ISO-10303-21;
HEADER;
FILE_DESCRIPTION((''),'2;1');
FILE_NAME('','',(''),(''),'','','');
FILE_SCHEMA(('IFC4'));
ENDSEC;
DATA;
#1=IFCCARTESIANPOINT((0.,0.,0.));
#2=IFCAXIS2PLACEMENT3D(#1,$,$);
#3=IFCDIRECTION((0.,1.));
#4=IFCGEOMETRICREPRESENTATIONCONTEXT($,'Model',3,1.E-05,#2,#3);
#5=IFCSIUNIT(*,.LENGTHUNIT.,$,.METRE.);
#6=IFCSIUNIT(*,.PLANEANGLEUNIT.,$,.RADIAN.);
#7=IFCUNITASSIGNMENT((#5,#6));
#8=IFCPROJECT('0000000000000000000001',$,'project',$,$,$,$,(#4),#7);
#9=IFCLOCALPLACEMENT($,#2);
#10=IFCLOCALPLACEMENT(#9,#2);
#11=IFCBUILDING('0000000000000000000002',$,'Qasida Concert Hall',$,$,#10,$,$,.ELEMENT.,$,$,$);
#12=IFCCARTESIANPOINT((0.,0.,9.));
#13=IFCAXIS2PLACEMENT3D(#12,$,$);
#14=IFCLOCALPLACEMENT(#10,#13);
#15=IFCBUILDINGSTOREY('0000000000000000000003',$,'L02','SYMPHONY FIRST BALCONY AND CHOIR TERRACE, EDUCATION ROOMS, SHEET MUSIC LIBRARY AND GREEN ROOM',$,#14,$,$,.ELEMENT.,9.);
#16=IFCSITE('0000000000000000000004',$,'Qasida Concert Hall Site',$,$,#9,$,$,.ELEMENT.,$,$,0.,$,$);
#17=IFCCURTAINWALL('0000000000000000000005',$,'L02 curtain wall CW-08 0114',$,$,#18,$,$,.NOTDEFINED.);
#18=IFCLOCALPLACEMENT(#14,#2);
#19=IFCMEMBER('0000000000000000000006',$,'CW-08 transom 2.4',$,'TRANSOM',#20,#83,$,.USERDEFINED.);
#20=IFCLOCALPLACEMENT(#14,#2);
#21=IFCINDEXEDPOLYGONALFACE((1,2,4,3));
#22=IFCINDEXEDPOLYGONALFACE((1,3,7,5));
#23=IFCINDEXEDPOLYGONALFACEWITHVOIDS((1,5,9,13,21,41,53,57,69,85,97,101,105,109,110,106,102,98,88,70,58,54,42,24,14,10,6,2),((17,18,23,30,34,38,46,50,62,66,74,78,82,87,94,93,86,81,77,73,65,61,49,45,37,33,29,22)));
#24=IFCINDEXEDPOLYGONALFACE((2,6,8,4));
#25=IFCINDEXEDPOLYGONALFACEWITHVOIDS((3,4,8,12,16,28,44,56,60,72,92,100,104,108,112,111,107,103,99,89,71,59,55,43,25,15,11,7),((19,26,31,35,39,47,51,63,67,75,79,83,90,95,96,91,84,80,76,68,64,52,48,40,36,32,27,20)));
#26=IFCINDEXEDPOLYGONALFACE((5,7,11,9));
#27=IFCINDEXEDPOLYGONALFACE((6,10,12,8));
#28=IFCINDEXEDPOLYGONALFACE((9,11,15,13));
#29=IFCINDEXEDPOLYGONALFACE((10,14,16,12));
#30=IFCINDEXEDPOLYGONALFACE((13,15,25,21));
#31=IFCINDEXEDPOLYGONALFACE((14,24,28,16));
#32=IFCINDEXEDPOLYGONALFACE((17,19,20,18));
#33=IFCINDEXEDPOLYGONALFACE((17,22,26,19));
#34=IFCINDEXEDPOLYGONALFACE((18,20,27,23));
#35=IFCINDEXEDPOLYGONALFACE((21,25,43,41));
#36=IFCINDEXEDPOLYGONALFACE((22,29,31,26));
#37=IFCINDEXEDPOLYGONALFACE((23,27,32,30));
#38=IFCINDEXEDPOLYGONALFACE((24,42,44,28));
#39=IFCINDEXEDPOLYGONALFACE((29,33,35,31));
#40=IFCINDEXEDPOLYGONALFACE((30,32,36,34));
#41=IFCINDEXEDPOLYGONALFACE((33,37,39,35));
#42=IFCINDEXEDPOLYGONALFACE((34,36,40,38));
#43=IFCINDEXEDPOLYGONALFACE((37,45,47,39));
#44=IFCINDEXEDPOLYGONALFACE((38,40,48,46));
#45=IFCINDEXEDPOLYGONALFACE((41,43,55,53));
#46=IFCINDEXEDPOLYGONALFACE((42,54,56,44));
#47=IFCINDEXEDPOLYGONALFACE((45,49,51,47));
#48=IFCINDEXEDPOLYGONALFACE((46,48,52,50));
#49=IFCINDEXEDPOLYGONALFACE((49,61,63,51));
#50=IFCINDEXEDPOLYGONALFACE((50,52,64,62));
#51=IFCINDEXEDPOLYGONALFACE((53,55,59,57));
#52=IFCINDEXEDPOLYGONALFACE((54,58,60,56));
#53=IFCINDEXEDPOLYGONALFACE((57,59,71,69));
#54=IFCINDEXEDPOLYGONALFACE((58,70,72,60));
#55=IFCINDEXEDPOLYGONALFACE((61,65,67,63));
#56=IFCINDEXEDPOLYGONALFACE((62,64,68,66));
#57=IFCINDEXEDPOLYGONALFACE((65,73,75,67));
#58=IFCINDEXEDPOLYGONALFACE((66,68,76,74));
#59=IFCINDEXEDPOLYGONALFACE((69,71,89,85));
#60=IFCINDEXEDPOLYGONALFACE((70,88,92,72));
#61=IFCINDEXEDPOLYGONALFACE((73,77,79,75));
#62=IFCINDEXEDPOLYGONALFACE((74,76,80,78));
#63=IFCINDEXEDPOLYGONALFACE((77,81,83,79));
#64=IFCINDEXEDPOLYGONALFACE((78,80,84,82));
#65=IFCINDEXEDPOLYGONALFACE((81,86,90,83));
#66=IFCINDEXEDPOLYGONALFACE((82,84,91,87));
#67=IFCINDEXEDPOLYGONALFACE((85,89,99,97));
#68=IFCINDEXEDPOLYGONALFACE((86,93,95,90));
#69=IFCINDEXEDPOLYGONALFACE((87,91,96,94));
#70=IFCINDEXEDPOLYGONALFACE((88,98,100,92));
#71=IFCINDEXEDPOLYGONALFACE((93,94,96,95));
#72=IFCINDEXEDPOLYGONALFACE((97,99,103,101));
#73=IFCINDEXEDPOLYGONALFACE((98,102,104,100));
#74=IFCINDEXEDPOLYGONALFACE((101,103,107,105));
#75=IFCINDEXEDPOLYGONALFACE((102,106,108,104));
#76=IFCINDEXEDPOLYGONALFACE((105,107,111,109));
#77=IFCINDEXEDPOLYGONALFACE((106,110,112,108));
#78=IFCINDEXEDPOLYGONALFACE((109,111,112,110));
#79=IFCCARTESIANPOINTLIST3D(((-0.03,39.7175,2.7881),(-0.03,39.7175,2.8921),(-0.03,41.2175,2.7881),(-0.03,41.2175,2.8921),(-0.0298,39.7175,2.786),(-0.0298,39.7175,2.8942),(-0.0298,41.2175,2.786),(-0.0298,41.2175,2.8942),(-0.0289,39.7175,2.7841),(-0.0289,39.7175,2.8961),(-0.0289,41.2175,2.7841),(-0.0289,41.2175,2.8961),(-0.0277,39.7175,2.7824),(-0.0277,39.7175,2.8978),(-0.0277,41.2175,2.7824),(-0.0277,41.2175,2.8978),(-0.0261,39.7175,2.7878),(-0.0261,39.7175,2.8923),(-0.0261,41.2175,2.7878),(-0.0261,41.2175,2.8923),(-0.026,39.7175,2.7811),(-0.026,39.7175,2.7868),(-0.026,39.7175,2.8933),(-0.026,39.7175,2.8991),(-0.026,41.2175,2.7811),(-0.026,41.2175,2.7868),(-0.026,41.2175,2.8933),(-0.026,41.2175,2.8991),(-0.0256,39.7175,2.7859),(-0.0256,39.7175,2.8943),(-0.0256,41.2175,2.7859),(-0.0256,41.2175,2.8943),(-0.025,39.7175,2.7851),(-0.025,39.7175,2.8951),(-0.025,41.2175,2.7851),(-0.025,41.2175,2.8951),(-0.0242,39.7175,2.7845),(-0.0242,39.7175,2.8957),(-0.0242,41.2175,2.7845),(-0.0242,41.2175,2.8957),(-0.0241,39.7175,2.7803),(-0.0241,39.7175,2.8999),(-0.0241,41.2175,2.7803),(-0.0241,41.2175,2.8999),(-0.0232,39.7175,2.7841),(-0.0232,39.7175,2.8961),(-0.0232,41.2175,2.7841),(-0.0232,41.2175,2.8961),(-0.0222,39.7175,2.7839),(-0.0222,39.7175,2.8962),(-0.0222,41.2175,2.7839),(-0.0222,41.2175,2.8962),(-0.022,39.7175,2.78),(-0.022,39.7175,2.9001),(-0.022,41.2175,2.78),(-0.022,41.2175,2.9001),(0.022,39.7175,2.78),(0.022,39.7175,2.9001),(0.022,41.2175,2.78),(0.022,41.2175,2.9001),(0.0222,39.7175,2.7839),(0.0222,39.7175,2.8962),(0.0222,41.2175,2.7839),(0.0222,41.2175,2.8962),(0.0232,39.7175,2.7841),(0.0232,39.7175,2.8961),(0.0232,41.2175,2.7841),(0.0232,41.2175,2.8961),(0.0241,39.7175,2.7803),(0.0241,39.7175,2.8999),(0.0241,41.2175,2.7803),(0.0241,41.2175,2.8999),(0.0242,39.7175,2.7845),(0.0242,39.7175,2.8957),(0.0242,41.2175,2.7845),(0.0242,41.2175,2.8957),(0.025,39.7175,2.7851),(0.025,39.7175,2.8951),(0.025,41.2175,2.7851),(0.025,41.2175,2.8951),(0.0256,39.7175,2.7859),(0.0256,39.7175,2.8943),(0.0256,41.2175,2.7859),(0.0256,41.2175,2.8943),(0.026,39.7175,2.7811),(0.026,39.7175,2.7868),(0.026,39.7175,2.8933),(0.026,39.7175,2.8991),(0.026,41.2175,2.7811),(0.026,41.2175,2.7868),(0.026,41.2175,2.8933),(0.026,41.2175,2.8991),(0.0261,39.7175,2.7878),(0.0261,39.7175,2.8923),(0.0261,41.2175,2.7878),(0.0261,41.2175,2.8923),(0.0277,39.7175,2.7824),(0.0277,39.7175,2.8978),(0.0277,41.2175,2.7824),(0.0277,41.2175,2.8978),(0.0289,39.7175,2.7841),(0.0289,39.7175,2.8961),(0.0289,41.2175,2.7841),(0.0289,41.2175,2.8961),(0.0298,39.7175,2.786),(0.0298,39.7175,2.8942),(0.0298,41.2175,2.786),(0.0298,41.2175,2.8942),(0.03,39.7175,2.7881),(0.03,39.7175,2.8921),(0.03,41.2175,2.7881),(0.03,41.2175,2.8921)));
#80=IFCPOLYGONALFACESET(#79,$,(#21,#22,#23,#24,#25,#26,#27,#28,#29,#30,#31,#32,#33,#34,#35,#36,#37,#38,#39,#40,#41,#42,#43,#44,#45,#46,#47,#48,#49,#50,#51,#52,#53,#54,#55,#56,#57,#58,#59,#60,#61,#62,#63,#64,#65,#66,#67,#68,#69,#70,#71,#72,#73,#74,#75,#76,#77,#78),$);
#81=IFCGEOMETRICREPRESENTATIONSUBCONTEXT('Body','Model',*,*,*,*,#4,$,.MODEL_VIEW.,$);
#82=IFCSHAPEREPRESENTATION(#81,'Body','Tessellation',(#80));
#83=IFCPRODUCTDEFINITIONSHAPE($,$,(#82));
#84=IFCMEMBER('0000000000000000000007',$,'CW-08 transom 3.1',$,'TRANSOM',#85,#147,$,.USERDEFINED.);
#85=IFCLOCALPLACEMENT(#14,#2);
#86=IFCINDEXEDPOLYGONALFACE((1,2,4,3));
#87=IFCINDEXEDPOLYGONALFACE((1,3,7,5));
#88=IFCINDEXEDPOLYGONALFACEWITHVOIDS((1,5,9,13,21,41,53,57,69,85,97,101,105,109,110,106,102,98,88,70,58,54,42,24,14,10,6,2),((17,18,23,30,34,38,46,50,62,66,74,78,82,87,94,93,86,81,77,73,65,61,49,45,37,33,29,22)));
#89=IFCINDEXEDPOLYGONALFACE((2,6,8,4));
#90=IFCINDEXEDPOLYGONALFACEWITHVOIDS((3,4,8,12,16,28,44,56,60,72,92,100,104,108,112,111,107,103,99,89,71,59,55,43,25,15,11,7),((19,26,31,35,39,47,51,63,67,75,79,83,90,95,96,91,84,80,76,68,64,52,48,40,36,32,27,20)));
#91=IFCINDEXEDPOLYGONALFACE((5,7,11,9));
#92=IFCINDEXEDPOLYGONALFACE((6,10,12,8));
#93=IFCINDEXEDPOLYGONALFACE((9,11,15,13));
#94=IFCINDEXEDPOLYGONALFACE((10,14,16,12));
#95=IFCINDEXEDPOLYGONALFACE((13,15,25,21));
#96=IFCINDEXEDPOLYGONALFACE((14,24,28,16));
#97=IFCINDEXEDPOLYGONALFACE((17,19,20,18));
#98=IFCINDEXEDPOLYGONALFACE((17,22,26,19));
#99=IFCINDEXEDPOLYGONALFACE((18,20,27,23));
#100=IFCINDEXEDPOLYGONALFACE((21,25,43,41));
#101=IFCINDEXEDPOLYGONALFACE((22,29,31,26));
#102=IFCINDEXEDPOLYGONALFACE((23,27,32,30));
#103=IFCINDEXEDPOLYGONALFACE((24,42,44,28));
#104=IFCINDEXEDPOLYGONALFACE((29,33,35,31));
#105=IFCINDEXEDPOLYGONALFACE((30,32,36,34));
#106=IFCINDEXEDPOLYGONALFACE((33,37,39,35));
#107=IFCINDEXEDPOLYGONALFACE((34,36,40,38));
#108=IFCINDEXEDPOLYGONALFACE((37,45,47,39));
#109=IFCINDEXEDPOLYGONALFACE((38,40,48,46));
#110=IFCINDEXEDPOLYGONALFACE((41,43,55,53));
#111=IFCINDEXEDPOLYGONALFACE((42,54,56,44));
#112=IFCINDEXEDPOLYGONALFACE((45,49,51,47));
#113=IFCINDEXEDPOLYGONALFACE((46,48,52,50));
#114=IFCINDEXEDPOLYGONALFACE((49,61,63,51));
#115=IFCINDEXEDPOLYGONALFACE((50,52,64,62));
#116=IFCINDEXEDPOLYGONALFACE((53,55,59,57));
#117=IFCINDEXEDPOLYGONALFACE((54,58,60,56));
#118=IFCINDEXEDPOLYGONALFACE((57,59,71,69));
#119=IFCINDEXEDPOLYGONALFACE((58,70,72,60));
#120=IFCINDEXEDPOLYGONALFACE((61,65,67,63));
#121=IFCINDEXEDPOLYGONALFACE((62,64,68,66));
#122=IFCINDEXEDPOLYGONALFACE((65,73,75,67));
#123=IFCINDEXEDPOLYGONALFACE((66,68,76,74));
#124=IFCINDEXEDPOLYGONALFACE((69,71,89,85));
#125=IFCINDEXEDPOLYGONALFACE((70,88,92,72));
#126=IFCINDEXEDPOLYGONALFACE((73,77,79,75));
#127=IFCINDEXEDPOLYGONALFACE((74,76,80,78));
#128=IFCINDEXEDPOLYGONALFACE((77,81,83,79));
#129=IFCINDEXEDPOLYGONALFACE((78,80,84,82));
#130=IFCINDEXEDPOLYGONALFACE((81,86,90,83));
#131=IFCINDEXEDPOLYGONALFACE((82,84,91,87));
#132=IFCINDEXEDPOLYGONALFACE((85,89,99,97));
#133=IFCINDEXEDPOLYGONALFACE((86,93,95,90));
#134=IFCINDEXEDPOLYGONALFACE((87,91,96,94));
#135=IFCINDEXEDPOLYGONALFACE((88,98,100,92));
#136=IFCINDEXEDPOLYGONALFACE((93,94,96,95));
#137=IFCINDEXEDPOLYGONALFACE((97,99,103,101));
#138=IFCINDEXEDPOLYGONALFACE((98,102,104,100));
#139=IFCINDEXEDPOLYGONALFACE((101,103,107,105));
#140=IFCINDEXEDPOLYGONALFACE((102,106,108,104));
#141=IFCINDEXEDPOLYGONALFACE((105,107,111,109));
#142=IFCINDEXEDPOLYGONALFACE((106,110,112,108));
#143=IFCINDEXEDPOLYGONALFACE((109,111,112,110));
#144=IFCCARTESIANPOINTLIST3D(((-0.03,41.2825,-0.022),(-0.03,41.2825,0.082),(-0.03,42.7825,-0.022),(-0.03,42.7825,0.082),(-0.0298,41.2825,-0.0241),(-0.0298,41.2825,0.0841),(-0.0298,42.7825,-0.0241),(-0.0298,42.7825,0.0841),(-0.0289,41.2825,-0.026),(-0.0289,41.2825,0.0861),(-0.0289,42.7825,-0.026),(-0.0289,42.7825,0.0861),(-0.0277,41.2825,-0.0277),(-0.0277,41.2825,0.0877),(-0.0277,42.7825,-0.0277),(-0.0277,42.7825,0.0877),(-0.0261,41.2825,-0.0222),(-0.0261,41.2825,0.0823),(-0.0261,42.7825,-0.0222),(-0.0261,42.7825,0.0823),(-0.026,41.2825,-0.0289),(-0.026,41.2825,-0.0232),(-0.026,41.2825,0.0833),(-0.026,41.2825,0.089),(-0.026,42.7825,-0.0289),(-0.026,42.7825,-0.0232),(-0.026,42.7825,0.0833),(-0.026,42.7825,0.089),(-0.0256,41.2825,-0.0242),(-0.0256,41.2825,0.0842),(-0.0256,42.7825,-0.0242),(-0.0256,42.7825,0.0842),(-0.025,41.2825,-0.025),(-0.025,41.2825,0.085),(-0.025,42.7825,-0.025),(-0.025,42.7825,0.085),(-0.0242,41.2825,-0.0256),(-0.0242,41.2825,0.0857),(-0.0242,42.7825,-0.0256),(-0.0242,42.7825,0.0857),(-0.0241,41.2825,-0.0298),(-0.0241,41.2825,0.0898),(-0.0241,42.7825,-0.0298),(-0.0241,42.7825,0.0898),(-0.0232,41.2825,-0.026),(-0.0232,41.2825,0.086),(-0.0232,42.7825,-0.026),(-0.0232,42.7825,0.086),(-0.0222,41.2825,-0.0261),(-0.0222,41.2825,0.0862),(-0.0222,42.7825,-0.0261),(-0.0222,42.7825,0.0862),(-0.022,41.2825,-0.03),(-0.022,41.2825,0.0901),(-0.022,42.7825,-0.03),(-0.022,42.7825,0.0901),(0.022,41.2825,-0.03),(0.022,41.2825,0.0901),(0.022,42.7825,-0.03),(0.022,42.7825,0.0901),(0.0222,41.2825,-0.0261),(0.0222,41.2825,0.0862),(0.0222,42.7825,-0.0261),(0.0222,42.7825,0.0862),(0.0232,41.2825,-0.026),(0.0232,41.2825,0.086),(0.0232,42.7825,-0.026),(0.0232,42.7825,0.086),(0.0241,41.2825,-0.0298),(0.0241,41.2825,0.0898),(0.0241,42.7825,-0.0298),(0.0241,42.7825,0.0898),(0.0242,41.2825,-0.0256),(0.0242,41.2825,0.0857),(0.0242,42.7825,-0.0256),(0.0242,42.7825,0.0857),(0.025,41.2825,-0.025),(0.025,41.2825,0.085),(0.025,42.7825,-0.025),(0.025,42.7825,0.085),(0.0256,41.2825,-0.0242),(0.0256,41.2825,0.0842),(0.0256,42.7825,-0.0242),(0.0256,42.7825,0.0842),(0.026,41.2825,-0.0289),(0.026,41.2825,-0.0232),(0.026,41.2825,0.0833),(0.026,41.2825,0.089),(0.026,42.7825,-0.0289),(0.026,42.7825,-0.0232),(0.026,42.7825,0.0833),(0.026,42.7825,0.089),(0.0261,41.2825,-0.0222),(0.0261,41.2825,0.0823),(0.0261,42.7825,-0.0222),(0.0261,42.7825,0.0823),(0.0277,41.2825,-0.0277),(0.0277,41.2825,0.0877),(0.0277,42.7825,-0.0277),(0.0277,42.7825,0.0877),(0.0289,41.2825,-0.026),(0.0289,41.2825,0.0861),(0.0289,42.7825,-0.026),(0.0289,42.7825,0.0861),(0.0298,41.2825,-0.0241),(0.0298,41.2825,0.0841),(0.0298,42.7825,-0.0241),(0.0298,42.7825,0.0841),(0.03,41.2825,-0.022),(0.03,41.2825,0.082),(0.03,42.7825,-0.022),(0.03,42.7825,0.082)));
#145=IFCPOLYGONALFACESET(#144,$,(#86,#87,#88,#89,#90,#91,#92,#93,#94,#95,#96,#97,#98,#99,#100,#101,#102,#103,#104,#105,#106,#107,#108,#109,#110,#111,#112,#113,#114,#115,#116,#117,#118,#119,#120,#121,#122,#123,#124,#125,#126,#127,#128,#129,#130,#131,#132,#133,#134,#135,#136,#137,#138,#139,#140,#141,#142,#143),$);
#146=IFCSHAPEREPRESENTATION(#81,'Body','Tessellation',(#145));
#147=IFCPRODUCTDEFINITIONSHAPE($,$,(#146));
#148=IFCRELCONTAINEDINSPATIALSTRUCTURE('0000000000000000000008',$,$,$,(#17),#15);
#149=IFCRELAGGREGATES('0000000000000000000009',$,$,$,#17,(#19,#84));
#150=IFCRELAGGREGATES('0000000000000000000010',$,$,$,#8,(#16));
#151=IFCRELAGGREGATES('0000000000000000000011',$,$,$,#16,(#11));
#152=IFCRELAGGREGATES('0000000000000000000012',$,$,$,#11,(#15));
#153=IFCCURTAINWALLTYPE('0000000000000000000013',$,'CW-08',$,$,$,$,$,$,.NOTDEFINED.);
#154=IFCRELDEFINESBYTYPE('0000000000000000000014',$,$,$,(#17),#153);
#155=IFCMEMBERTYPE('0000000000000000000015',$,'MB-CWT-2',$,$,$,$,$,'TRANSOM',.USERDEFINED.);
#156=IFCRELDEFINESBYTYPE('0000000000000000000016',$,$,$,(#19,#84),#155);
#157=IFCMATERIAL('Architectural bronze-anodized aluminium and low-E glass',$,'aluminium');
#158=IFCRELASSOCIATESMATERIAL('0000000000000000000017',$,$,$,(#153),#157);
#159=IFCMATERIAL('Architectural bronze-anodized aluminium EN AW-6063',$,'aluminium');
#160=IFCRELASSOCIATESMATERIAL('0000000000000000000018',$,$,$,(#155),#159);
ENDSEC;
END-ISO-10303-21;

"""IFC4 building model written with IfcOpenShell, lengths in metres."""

from ifc_helpers import new_model, si_unit, direction, frame, origin, origin_2d, place, context, subcontext, project, spatial, hollow_rectangle, extrude, material, material_profile, profile_set, type_object, element, aggregate, save


model = new_model("IFC4")

# Units and contexts
model_context = context("Model", 3, precision=1e-05, world=origin(), true_north=direction((0.0, 1.0)))
body_context = subcontext(model_context, "Body", "Model", "MODEL_VIEW")
ifc_project = project(units=[si_unit("LENGTHUNIT", "METRE"), si_unit("PLANEANGLEUNIT", "RADIAN")], contexts=[model_context])

# Site, building, storey
site_placement = place(None, origin())
site = spatial("IfcSite", under=ifc_project, at=site_placement, Name="Qasida Concert Hall Site", CompositionType="ELEMENT", RefElevation=0.0)
building_placement = place(site_placement, origin())
building = spatial("IfcBuilding", under=site, at=building_placement, Name="Qasida Concert Hall", CompositionType="ELEMENT")
storey_placement = place(building_placement, frame((0.0, 0.0, 9.0)))
storey = spatial("IfcBuildingStorey", under=building, at=storey_placement, Name="L02", Description="SYMPHONY FIRST BALCONY AND CHOIR TERRACE, EDUCATION ROOMS, SHEET MUSIC LIBRARY AND GREEN ROOM", CompositionType="ELEMENT", Elevation=9.0)

# Curtain wall, members
ifc_material_1 = material(Name="Architectural bronze-anodized aluminium and low-E glass", Category="aluminium")
curtain_wall_type = type_object("IfcCurtainWallType", Name="CW-08", PredefinedType="NOTDEFINED", material=ifc_material_1)
curtain_wall_placement = place(storey_placement, origin())
curtain_wall = element("IfcCurtainWall", 1, at=curtain_wall_placement, inside=storey, type_object=curtain_wall_type, Name="L02 curtain wall CW-08 0114", PredefinedType="NOTDEFINED")
ifc_material_2 = material(Name="Architectural bronze-anodized aluminium EN AW-6063", Category="aluminium")
ifc_material_profile_1 = material_profile(ifc_material_2, hollow_rectangle(XDim=0.0601, YDim=0.1201, WallThickness=0.0039, InnerFilletRadius=0.0039, OuterFilletRadius=0.0081, at=origin_2d()), Name="CWT 120x60x4")
ifc_profile_set_1 = profile_set([ifc_material_profile_1], Name="Architectural bronze-anodized aluminium EN AW-6063")
member_type_1 = type_object("IfcMemberType", Name="MB-CWT-2", ElementType="TRANSOM", PredefinedType="USERDEFINED", material=ifc_profile_set_1)
member_1_placement = place(storey_placement, frame((0.0, 39.7175, 2.8401), z_axis=(0.0, 1.0, 0.0), x_axis=(-1.0, 0.0, 0.0)))
member_1 = element("IfcMember", 2, at=member_1_placement, type_object=member_type_1, Name="CW-08 transom 2.4", ObjectType="TRANSOM", PredefinedType="USERDEFINED", context=body_context, shape_type="SweptSolid", body=[
    extrude(hollow_rectangle(XDim=0.0601, YDim=0.1201, WallThickness=0.0039, InnerFilletRadius=0.0039, OuterFilletRadius=0.0081, at=origin_2d()), origin(), (0.0, 0.0, 1.0), 1.5),
])
member_2_placement = place(storey_placement, frame((0.0, 41.2825, 0.03), z_axis=(0.0, 1.0, 0.0), x_axis=(-1.0, 0.0, 0.0)))
member_2 = element("IfcMember", 3, at=member_2_placement, type_object=member_type_1, Name="CW-08 transom 3.1", ObjectType="TRANSOM", PredefinedType="USERDEFINED", context=body_context, shape_type="SweptSolid", body=[
    extrude(hollow_rectangle(XDim=0.0601, YDim=0.1201, WallThickness=0.0039, InnerFilletRadius=0.0039, OuterFilletRadius=0.0081, at=origin_2d()), origin(), (0.0, 0.0, 1.0), 1.5),
])
aggregate(curtain_wall, [member_1, member_2])

save(model, "model.ifc")
